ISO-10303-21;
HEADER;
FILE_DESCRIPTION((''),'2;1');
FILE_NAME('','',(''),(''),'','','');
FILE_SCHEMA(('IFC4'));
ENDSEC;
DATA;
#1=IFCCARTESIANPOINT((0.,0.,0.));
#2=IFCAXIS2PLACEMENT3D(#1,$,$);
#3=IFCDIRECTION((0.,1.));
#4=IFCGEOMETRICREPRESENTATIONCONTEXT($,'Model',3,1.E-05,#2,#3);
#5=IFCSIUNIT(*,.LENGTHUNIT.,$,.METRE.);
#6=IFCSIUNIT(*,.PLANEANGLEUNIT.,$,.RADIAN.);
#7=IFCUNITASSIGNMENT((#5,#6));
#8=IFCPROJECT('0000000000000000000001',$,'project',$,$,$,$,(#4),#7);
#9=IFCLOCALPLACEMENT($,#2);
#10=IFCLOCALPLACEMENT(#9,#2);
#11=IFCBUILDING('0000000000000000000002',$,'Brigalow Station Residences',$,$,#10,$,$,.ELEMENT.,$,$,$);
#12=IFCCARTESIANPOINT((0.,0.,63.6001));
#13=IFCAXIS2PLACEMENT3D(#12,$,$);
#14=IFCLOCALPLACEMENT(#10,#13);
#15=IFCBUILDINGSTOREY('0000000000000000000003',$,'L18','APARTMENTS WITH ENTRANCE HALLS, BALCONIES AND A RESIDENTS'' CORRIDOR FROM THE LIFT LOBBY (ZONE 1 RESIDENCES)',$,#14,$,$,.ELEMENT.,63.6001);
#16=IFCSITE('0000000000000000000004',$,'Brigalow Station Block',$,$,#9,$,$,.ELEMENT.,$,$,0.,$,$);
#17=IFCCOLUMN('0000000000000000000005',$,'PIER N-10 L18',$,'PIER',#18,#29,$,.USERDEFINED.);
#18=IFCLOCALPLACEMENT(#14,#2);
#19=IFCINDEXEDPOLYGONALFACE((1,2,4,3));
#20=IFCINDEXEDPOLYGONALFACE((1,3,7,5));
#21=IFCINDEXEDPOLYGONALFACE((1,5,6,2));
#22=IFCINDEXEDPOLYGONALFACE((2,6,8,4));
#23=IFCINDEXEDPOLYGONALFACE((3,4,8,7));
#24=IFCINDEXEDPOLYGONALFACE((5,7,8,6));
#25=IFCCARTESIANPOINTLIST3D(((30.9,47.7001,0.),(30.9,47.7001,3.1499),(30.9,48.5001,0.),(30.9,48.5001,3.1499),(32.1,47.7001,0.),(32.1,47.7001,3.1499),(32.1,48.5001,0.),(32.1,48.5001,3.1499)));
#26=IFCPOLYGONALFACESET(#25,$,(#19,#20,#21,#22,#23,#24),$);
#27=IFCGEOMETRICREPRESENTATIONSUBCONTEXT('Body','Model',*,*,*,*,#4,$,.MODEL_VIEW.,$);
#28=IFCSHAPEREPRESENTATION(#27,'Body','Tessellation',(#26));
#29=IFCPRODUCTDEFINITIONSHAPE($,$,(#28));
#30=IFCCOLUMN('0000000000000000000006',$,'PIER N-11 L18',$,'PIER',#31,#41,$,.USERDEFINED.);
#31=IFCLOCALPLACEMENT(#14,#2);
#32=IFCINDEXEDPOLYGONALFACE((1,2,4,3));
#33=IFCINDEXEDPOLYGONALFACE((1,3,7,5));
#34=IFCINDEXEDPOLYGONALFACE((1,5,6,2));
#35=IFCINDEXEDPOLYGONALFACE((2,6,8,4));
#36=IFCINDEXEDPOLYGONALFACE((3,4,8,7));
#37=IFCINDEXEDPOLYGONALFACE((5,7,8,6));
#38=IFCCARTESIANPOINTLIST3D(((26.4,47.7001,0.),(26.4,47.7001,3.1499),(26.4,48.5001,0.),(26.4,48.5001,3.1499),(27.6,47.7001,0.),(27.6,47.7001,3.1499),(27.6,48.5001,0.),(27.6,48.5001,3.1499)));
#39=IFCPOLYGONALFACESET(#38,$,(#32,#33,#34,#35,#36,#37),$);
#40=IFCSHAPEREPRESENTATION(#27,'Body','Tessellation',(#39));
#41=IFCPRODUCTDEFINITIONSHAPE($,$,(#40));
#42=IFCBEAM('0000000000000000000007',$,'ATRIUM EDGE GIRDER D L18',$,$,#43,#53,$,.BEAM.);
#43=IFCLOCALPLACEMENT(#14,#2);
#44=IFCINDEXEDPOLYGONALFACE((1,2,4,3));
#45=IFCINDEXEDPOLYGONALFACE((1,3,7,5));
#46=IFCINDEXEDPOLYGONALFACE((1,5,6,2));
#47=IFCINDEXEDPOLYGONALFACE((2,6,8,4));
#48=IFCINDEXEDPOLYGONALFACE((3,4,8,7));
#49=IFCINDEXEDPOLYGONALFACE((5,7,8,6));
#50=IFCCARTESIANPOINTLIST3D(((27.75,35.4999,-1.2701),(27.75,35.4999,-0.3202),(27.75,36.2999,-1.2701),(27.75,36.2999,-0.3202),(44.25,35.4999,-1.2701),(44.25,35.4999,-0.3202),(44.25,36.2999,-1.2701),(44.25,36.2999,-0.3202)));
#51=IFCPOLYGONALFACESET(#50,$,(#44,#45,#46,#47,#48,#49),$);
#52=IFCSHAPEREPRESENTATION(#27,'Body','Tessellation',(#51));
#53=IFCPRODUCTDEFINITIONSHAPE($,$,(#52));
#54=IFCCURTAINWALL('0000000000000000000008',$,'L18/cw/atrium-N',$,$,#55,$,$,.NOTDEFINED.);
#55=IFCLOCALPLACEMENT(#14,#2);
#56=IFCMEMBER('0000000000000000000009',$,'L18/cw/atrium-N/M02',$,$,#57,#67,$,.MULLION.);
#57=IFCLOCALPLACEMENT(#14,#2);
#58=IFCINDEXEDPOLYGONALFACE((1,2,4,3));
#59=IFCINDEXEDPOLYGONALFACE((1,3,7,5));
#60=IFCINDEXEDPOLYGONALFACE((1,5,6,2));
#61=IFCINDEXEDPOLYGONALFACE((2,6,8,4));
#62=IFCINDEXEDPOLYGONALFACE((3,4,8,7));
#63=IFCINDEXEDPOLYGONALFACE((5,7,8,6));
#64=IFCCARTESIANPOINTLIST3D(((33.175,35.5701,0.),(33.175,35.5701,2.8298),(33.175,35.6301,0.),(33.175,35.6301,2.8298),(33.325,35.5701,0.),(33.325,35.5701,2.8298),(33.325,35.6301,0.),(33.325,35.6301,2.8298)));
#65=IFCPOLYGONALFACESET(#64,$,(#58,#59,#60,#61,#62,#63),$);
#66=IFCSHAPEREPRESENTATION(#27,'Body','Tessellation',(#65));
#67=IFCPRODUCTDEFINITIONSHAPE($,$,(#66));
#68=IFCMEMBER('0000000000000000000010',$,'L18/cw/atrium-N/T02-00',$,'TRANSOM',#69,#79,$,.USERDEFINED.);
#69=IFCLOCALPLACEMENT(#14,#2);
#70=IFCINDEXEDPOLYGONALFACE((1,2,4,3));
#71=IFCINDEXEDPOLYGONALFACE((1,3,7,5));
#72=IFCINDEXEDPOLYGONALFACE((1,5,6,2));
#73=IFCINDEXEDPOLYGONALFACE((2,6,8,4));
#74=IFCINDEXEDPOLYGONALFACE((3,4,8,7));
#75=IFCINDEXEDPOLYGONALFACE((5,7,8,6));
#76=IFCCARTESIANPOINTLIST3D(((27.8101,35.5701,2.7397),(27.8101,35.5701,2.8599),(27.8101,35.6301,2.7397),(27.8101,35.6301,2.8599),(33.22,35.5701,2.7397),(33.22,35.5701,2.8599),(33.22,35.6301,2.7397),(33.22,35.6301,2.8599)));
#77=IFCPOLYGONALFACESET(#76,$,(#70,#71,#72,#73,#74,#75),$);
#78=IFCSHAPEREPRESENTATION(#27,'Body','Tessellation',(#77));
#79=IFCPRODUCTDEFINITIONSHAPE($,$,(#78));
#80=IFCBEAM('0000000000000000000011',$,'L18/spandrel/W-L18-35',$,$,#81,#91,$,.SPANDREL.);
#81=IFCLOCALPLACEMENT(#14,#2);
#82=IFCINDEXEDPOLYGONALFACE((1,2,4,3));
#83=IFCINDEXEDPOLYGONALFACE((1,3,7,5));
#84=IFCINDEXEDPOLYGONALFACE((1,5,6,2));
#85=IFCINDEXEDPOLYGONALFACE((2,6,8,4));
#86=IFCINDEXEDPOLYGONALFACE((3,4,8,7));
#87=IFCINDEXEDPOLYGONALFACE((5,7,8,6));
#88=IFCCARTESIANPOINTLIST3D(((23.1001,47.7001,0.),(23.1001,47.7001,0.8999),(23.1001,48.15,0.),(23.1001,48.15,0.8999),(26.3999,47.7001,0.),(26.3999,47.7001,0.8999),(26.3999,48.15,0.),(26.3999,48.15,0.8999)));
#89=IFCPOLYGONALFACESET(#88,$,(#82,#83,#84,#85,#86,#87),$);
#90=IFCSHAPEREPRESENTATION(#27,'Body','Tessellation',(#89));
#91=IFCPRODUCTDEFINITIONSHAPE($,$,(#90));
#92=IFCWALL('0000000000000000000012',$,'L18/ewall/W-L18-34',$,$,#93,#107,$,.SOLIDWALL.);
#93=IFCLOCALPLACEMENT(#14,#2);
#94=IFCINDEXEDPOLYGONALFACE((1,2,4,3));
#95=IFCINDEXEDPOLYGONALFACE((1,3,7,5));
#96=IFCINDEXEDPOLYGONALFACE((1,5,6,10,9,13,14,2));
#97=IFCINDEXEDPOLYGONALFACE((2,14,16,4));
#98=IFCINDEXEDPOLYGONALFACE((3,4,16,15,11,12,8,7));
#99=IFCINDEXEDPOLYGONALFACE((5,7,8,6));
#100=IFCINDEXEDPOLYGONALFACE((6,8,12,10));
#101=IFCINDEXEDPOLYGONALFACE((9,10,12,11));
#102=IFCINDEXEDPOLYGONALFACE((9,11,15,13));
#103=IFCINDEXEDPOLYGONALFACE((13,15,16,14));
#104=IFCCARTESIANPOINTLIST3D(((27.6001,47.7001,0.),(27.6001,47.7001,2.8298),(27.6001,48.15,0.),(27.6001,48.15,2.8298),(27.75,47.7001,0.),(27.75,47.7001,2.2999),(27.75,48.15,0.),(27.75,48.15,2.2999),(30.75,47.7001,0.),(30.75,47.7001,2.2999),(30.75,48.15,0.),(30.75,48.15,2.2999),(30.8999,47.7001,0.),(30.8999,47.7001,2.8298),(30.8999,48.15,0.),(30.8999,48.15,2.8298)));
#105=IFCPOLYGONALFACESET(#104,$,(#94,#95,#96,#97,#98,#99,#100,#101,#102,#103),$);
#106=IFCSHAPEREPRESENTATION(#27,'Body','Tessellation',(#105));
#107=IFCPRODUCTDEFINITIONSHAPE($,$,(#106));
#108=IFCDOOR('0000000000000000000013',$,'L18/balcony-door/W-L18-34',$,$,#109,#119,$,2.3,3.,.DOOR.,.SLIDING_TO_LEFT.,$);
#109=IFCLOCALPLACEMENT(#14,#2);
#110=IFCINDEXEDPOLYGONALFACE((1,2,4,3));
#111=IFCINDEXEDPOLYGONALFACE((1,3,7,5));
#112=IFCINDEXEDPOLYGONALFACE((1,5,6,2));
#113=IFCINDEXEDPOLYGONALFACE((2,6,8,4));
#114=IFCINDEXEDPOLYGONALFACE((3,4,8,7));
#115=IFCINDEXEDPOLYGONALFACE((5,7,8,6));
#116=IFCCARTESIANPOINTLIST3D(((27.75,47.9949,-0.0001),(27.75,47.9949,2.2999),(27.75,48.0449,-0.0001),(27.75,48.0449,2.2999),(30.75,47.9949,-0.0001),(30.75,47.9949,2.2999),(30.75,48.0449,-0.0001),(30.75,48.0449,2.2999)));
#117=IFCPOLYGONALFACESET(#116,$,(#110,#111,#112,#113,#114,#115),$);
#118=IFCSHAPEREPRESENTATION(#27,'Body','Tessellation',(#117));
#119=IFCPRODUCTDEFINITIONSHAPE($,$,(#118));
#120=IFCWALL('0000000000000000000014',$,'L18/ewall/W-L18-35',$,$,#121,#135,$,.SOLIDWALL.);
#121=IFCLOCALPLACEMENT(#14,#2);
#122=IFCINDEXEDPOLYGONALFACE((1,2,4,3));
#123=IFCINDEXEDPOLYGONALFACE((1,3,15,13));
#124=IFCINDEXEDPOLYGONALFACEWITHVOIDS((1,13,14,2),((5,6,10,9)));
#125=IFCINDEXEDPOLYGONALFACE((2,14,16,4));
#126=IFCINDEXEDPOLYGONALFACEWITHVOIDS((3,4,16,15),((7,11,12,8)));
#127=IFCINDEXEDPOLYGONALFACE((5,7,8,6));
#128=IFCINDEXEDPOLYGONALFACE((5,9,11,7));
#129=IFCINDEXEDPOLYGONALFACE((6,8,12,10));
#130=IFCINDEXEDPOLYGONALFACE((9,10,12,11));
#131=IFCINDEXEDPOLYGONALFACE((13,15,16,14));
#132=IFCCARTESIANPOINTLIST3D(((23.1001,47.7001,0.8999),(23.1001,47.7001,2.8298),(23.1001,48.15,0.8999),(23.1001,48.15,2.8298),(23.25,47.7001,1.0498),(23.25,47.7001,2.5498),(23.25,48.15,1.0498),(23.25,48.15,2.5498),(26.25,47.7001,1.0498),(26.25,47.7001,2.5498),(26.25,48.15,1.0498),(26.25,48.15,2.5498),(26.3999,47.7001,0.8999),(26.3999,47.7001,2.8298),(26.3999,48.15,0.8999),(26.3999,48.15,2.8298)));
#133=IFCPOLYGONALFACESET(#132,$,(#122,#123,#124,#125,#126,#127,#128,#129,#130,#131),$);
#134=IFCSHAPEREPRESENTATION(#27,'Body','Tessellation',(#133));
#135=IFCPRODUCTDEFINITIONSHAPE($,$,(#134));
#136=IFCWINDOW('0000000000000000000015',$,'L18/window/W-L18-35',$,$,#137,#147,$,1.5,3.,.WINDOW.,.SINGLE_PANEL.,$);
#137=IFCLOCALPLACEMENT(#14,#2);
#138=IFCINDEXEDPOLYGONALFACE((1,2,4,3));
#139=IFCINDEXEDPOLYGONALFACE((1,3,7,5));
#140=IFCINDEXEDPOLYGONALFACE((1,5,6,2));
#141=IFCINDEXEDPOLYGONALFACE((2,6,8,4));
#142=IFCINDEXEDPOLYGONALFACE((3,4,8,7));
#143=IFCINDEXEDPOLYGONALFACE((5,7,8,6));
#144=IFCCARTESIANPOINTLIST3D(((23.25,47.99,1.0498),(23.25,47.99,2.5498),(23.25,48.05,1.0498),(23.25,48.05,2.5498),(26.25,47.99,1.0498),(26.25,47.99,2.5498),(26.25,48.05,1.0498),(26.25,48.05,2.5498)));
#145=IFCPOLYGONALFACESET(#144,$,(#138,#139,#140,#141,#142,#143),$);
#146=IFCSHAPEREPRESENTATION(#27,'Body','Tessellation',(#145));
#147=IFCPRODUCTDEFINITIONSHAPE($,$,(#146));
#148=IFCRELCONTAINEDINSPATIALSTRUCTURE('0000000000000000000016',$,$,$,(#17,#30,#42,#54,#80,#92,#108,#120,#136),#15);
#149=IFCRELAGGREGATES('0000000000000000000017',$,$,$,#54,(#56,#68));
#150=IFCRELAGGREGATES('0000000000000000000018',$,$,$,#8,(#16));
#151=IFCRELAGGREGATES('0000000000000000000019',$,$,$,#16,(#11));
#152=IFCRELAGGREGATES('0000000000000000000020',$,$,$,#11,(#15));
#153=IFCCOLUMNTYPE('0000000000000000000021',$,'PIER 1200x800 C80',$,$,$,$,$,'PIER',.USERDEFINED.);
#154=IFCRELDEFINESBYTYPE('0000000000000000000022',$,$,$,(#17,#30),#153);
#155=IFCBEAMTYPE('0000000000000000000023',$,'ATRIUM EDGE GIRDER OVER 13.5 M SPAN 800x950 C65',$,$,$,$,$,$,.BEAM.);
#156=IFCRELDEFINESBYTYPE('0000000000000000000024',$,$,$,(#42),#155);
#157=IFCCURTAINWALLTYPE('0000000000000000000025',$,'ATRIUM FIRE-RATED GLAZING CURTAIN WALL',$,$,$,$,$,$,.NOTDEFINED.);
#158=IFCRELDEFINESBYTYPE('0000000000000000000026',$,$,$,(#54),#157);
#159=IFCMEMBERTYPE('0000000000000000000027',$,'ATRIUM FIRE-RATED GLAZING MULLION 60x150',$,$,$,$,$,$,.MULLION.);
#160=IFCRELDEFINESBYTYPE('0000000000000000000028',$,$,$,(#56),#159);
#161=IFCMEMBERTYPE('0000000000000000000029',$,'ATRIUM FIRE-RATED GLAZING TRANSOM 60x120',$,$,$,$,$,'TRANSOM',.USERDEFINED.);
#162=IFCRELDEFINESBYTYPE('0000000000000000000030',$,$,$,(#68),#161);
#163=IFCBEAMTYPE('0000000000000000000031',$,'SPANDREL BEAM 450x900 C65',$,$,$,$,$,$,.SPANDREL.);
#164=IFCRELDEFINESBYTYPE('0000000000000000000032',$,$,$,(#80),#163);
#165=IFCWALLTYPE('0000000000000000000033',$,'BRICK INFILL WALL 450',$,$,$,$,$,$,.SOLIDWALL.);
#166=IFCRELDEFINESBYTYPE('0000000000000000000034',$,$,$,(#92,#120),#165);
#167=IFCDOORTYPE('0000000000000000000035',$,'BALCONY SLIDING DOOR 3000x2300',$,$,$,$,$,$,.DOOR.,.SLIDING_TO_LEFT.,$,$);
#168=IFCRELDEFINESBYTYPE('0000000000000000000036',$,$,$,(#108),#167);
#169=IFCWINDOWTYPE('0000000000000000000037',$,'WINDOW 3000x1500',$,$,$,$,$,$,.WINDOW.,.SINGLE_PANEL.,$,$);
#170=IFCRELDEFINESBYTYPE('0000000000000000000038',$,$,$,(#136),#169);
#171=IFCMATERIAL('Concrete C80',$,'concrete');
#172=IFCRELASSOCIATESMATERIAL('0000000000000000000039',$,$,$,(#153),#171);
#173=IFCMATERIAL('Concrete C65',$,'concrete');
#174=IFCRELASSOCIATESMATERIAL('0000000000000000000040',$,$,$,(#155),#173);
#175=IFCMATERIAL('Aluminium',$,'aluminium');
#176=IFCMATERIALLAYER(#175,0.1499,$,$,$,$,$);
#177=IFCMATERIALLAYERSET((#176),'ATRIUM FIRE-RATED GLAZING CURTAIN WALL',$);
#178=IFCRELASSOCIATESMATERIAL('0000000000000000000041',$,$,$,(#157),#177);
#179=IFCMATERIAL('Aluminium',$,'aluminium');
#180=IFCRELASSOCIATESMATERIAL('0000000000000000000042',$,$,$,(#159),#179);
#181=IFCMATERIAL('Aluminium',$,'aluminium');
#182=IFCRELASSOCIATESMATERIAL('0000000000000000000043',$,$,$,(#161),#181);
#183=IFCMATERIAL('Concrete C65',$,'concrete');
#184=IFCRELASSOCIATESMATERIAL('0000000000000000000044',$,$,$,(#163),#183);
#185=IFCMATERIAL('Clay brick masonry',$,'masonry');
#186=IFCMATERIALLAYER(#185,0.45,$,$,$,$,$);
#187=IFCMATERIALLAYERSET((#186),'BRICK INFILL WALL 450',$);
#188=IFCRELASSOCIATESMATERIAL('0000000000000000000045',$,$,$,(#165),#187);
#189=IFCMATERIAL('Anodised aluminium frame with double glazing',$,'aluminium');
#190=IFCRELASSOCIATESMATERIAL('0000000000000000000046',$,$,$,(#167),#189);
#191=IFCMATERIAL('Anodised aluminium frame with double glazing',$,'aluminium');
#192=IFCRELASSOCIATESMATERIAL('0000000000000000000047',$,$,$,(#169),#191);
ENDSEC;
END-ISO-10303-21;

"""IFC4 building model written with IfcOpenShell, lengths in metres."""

from ifc_helpers import new_model, si_unit, direction, frame, frame_2d, origin, origin_2d, place, context, subcontext, project, spatial, rectangle, extrude, material, layer, layer_set, material_profile, profile_set, type_object, element, fill, aggregate, save


model = new_model("IFC4")

# Units and contexts
model_context = context("Model", 3, precision=1e-05, world=origin(), true_north=direction((0.0, 1.0)))
body_context = subcontext(model_context, "Body", "Model", "MODEL_VIEW")
ifc_project = project(units=[si_unit("LENGTHUNIT", "METRE"), si_unit("PLANEANGLEUNIT", "RADIAN")], contexts=[model_context])

# Site, building, storey
site_placement = place(None, origin())
site = spatial("IfcSite", under=ifc_project, at=site_placement, Name="Brigalow Station Block", CompositionType="ELEMENT", RefElevation=0.0)
building_placement = place(site_placement, origin())
building = spatial("IfcBuilding", under=site, at=building_placement, Name="Brigalow Station Residences", CompositionType="ELEMENT")
storey_placement = place(building_placement, frame((0.0, 0.0, 63.6001)))
storey = spatial("IfcBuildingStorey", under=building, at=storey_placement, Name="L18", Description="APARTMENTS WITH ENTRANCE HALLS, BALCONIES AND A RESIDENTS' CORRIDOR FROM THE LIFT LOBBY (ZONE 1 RESIDENCES)", CompositionType="ELEMENT", Elevation=63.6001)

# Columns
ifc_material_1 = material(Name="Concrete C80", Category="concrete")
ifc_material_profile_1 = material_profile(ifc_material_1, rectangle(XDim=1.2, YDim=0.8, at=origin_2d()), Name="RC1200x800")
ifc_profile_set_1 = profile_set([ifc_material_profile_1], Name="Concrete C80")
column_type = type_object("IfcColumnType", Name="PIER 1200x800 C80", ElementType="PIER", PredefinedType="USERDEFINED", material=ifc_profile_set_1)
for number, where, z_axis, x_axis, name in (
    (1, (31.5, 48.1001, 0.0), (0.0, 0.0, 1.0), (-1.0, 0.0, 0.0), "PIER N-10 L18"),
    (2, (27.0, 48.1001, 0.0), (0.0, 0.0, 1.0), (-1.0, 0.0, 0.0), "PIER N-11 L18"),
):
    element("IfcColumn", number, at=place(storey_placement, frame(where, z_axis=z_axis, x_axis=x_axis)), inside=storey, type_object=column_type, Name=name, ObjectType="PIER", PredefinedType="USERDEFINED", context=body_context, shape_type="SweptSolid", body=[
        extrude(rectangle(XDim=1.2, YDim=0.8, at=origin_2d()), origin(), (0.0, 0.0, 1.0), 3.1499),
    ])

# Beam
ifc_material_2 = material(Name="Concrete C65", Category="concrete")
ifc_material_profile_2 = material_profile(ifc_material_2, rectangle(XDim=0.8, YDim=0.95, at=origin_2d()), Name="RC800x950")
ifc_profile_set_2 = profile_set([ifc_material_profile_2], Name="Concrete C65")
beam_type_1 = type_object("IfcBeamType", Name="ATRIUM EDGE GIRDER OVER 13.5 M SPAN 800x950 C65", PredefinedType="BEAM", material=ifc_profile_set_2)
beam_1_placement = place(storey_placement, frame((27.75, 35.8999, -0.7952), z_axis=(1.0, 0.0, 0.0), x_axis=(0.0, 1.0, 0.0)))
element("IfcBeam", 3, at=beam_1_placement, inside=storey, type_object=beam_type_1, Name="ATRIUM EDGE GIRDER D L18", PredefinedType="BEAM", context=body_context, shape_type="SweptSolid", body=[
    extrude(rectangle(XDim=0.8, YDim=0.95, at=origin_2d()), origin(), (0.0, 0.0, 1.0), 16.5),
])

# Curtain wall, members
ifc_material_3 = material(Name="Aluminium", Category="aluminium")
ifc_layer_1 = layer(ifc_material_3, 0.1499)
ifc_layer_set_1 = layer_set([ifc_layer_1], Name="ATRIUM FIRE-RATED GLAZING CURTAIN WALL")
curtain_wall_type = type_object("IfcCurtainWallType", Name="ATRIUM FIRE-RATED GLAZING CURTAIN WALL", PredefinedType="NOTDEFINED", material=ifc_layer_set_1)
curtain_wall_placement = place(storey_placement, origin())
curtain_wall = element("IfcCurtainWall", 4, at=curtain_wall_placement, inside=storey, type_object=curtain_wall_type, Name="L18/cw/atrium-N", PredefinedType="NOTDEFINED")
ifc_material_4 = material(Name="Aluminium", Category="aluminium")
ifc_material_profile_3 = material_profile(ifc_material_4, rectangle(XDim=0.0601, YDim=0.1499, at=origin_2d()), Name="ATRIUM FIRE-RATED GLAZING MULLION 60x150")
ifc_profile_set_3 = profile_set([ifc_material_profile_3], Name="Aluminium")
member_type_1 = type_object("IfcMemberType", Name="ATRIUM FIRE-RATED GLAZING MULLION 60x150", PredefinedType="MULLION", material=ifc_profile_set_3)
member_1_placement = place(storey_placement, frame((33.25, 35.6001, 0.0), z_axis=(0.0, 0.0, 1.0), x_axis=(0.0, -1.0, 0.0)))
member_1 = element("IfcMember", 5, at=member_1_placement, type_object=member_type_1, Name="L18/cw/atrium-N/M02", PredefinedType="MULLION", context=body_context, shape_type="SweptSolid", body=[
    extrude(rectangle(XDim=0.0601, YDim=0.1499, at=origin_2d()), origin(), (0.0, 0.0, 1.0), 2.8298),
])
ifc_material_5 = material(Name="Aluminium", Category="aluminium")
ifc_material_profile_4 = material_profile(ifc_material_5, rectangle(XDim=0.0601, YDim=0.1201, at=origin_2d()), Name="ATRIUM FIRE-RATED GLAZING TRANSOM 60x120")
ifc_profile_set_4 = profile_set([ifc_material_profile_4], Name="Aluminium")
member_type_2 = type_object("IfcMemberType", Name="ATRIUM FIRE-RATED GLAZING TRANSOM 60x120", ElementType="TRANSOM", PredefinedType="USERDEFINED", material=ifc_profile_set_4)
member_2_placement = place(storey_placement, frame((33.22, 35.6001, 2.7998), z_axis=(-1.0, 0.0, 0.0), x_axis=(0.0, -1.0, 0.0)))
member_2 = element("IfcMember", 6, at=member_2_placement, type_object=member_type_2, Name="L18/cw/atrium-N/T02-00", ObjectType="TRANSOM", PredefinedType="USERDEFINED", context=body_context, shape_type="SweptSolid", body=[
    extrude(rectangle(XDim=0.0601, YDim=0.1201, at=origin_2d()), origin(), (0.0, 0.0, 1.0), 5.4099),
])
aggregate(curtain_wall, [member_1, member_2])

# Beam
ifc_material_6 = material(Name="Concrete C65", Category="concrete")
ifc_material_profile_5 = material_profile(ifc_material_6, rectangle(XDim=0.45, YDim=0.8999, at=origin_2d()), Name="RC450x900")
ifc_profile_set_5 = profile_set([ifc_material_profile_5], Name="Concrete C65")
beam_type_2 = type_object("IfcBeamType", Name="SPANDREL BEAM 450x900 C65", PredefinedType="SPANDREL", material=ifc_profile_set_5)
beam_2_placement = place(storey_placement, frame((26.3999, 47.925, 0.45), z_axis=(-1.0, 0.0, 0.0), x_axis=(0.0, -1.0, 0.0)))
element("IfcBeam", 7, at=beam_2_placement, inside=storey, type_object=beam_type_2, Name="L18/spandrel/W-L18-35", PredefinedType="SPANDREL", context=body_context, shape_type="SweptSolid", body=[
    extrude(rectangle(XDim=0.45, YDim=0.8999, at=origin_2d()), origin(), (0.0, 0.0, 1.0), 3.2998),
])

# Wall, opening, door
ifc_material_7 = material(Name="Clay brick masonry", Category="masonry")
ifc_layer_2 = layer(ifc_material_7, 0.45)
ifc_layer_set_2 = layer_set([ifc_layer_2], Name="BRICK INFILL WALL 450")
wall_type_1 = type_object("IfcWallType", Name="BRICK INFILL WALL 450", PredefinedType="SOLIDWALL", material=ifc_layer_set_2)
wall_1_placement = place(storey_placement, frame((30.8999, 47.925, 0.0), z_axis=(0.0, 0.0, 1.0), x_axis=(-1.0, 0.0, 0.0)))
wall_1 = element("IfcWall", 8, at=wall_1_placement, inside=storey, type_object=wall_type_1, Name="L18/ewall/W-L18-34", PredefinedType="SOLIDWALL", context=body_context, shape_type="SweptSolid", body=[
    extrude(rectangle(XDim=3.2998, YDim=0.45, at=frame_2d((1.6499, 0.0))), origin(), (0.0, 0.0, 1.0), 2.8298),
])
opening_1_placement = place(wall_1_placement, frame((0.1499, 0.0, 0.0)))
opening_1 = element("IfcOpeningElement", 9, at=opening_1_placement, cuts=wall_1, PredefinedType="OPENING", context=body_context, shape_type="SweptSolid", body=[
    extrude(rectangle(XDim=3.0, YDim=2.3, at=frame_2d((1.5, 1.1499))), frame((0.0, 0.2349, 0.0), z_axis=(0.0, -1.0, 0.0), x_axis=(1.0, 0.0, 0.0)), (0.0, 0.0, 1.0), 0.47),
])
ifc_material_8 = material(Name="Anodised aluminium frame with double glazing", Category="aluminium")
door_type_1 = type_object("IfcDoorType", Name="BALCONY SLIDING DOOR 3000x2300", OperationType="SLIDING_TO_LEFT", PredefinedType="DOOR", material=ifc_material_8)
door_1_placement = place(opening_1_placement, origin())
door_1 = element("IfcDoor", 10, at=door_1_placement, inside=storey, type_object=door_type_1, Name="L18/balcony-door/W-L18-34", OperationType="SLIDING_TO_LEFT", OverallHeight=2.3, OverallWidth=3.0, PredefinedType="DOOR", context=body_context, shape_type="SweptSolid", body=[
    extrude(rectangle(XDim=3.0, YDim=2.3, at=frame_2d((1.5, 1.1499))), frame((0.0, -0.0698, 0.0), z_axis=(0.0, -1.0, 0.0), x_axis=(1.0, 0.0, 0.0)), (0.0, 0.0, 1.0), 0.05),
])
fill(opening_1, door_1)

# Wall, opening, window
wall_2_placement = place(storey_placement, frame((26.3999, 47.925, 0.8999), z_axis=(0.0, 0.0, 1.0), x_axis=(-1.0, 0.0, 0.0)))
wall_2 = element("IfcWall", 11, at=wall_2_placement, inside=storey, type_object=wall_type_1, Name="L18/ewall/W-L18-35", PredefinedType="SOLIDWALL", context=body_context, shape_type="SweptSolid", body=[
    extrude(rectangle(XDim=3.2998, YDim=0.45, at=frame_2d((1.6499, 0.0))), origin(), (0.0, 0.0, 1.0), 1.9299),
])
opening_2_placement = place(wall_2_placement, frame((0.1499, 0.0, 0.1499)))
opening_2 = element("IfcOpeningElement", 12, at=opening_2_placement, cuts=wall_2, PredefinedType="OPENING", context=body_context, shape_type="SweptSolid", body=[
    extrude(rectangle(XDim=3.0, YDim=1.5, at=frame_2d((1.5, 0.75))), frame((0.0, 0.2349, 0.0), z_axis=(0.0, -1.0, 0.0), x_axis=(1.0, 0.0, 0.0)), (0.0, 0.0, 1.0), 0.47),
])
ifc_material_9 = material(Name="Anodised aluminium frame with double glazing", Category="aluminium")
window_type = type_object("IfcWindowType", Name="WINDOW 3000x1500", PartitioningType="SINGLE_PANEL", PredefinedType="WINDOW", material=ifc_material_9)
window_placement = place(opening_2_placement, origin())
window = element("IfcWindow", 13, at=window_placement, inside=storey, type_object=window_type, Name="L18/window/W-L18-35", OverallHeight=1.5, OverallWidth=3.0, PartitioningType="SINGLE_PANEL", PredefinedType="WINDOW", context=body_context, shape_type="SweptSolid", body=[
    extrude(rectangle(XDim=3.0, YDim=1.5, at=frame_2d((1.5, 0.75))), frame((0.0, -0.0649, 0.0), z_axis=(0.0, -1.0, 0.0), x_axis=(1.0, 0.0, 0.0)), (0.0, 0.0, 1.0), 0.0601),
])
fill(opening_2, window)

save(model, "model.ifc")
